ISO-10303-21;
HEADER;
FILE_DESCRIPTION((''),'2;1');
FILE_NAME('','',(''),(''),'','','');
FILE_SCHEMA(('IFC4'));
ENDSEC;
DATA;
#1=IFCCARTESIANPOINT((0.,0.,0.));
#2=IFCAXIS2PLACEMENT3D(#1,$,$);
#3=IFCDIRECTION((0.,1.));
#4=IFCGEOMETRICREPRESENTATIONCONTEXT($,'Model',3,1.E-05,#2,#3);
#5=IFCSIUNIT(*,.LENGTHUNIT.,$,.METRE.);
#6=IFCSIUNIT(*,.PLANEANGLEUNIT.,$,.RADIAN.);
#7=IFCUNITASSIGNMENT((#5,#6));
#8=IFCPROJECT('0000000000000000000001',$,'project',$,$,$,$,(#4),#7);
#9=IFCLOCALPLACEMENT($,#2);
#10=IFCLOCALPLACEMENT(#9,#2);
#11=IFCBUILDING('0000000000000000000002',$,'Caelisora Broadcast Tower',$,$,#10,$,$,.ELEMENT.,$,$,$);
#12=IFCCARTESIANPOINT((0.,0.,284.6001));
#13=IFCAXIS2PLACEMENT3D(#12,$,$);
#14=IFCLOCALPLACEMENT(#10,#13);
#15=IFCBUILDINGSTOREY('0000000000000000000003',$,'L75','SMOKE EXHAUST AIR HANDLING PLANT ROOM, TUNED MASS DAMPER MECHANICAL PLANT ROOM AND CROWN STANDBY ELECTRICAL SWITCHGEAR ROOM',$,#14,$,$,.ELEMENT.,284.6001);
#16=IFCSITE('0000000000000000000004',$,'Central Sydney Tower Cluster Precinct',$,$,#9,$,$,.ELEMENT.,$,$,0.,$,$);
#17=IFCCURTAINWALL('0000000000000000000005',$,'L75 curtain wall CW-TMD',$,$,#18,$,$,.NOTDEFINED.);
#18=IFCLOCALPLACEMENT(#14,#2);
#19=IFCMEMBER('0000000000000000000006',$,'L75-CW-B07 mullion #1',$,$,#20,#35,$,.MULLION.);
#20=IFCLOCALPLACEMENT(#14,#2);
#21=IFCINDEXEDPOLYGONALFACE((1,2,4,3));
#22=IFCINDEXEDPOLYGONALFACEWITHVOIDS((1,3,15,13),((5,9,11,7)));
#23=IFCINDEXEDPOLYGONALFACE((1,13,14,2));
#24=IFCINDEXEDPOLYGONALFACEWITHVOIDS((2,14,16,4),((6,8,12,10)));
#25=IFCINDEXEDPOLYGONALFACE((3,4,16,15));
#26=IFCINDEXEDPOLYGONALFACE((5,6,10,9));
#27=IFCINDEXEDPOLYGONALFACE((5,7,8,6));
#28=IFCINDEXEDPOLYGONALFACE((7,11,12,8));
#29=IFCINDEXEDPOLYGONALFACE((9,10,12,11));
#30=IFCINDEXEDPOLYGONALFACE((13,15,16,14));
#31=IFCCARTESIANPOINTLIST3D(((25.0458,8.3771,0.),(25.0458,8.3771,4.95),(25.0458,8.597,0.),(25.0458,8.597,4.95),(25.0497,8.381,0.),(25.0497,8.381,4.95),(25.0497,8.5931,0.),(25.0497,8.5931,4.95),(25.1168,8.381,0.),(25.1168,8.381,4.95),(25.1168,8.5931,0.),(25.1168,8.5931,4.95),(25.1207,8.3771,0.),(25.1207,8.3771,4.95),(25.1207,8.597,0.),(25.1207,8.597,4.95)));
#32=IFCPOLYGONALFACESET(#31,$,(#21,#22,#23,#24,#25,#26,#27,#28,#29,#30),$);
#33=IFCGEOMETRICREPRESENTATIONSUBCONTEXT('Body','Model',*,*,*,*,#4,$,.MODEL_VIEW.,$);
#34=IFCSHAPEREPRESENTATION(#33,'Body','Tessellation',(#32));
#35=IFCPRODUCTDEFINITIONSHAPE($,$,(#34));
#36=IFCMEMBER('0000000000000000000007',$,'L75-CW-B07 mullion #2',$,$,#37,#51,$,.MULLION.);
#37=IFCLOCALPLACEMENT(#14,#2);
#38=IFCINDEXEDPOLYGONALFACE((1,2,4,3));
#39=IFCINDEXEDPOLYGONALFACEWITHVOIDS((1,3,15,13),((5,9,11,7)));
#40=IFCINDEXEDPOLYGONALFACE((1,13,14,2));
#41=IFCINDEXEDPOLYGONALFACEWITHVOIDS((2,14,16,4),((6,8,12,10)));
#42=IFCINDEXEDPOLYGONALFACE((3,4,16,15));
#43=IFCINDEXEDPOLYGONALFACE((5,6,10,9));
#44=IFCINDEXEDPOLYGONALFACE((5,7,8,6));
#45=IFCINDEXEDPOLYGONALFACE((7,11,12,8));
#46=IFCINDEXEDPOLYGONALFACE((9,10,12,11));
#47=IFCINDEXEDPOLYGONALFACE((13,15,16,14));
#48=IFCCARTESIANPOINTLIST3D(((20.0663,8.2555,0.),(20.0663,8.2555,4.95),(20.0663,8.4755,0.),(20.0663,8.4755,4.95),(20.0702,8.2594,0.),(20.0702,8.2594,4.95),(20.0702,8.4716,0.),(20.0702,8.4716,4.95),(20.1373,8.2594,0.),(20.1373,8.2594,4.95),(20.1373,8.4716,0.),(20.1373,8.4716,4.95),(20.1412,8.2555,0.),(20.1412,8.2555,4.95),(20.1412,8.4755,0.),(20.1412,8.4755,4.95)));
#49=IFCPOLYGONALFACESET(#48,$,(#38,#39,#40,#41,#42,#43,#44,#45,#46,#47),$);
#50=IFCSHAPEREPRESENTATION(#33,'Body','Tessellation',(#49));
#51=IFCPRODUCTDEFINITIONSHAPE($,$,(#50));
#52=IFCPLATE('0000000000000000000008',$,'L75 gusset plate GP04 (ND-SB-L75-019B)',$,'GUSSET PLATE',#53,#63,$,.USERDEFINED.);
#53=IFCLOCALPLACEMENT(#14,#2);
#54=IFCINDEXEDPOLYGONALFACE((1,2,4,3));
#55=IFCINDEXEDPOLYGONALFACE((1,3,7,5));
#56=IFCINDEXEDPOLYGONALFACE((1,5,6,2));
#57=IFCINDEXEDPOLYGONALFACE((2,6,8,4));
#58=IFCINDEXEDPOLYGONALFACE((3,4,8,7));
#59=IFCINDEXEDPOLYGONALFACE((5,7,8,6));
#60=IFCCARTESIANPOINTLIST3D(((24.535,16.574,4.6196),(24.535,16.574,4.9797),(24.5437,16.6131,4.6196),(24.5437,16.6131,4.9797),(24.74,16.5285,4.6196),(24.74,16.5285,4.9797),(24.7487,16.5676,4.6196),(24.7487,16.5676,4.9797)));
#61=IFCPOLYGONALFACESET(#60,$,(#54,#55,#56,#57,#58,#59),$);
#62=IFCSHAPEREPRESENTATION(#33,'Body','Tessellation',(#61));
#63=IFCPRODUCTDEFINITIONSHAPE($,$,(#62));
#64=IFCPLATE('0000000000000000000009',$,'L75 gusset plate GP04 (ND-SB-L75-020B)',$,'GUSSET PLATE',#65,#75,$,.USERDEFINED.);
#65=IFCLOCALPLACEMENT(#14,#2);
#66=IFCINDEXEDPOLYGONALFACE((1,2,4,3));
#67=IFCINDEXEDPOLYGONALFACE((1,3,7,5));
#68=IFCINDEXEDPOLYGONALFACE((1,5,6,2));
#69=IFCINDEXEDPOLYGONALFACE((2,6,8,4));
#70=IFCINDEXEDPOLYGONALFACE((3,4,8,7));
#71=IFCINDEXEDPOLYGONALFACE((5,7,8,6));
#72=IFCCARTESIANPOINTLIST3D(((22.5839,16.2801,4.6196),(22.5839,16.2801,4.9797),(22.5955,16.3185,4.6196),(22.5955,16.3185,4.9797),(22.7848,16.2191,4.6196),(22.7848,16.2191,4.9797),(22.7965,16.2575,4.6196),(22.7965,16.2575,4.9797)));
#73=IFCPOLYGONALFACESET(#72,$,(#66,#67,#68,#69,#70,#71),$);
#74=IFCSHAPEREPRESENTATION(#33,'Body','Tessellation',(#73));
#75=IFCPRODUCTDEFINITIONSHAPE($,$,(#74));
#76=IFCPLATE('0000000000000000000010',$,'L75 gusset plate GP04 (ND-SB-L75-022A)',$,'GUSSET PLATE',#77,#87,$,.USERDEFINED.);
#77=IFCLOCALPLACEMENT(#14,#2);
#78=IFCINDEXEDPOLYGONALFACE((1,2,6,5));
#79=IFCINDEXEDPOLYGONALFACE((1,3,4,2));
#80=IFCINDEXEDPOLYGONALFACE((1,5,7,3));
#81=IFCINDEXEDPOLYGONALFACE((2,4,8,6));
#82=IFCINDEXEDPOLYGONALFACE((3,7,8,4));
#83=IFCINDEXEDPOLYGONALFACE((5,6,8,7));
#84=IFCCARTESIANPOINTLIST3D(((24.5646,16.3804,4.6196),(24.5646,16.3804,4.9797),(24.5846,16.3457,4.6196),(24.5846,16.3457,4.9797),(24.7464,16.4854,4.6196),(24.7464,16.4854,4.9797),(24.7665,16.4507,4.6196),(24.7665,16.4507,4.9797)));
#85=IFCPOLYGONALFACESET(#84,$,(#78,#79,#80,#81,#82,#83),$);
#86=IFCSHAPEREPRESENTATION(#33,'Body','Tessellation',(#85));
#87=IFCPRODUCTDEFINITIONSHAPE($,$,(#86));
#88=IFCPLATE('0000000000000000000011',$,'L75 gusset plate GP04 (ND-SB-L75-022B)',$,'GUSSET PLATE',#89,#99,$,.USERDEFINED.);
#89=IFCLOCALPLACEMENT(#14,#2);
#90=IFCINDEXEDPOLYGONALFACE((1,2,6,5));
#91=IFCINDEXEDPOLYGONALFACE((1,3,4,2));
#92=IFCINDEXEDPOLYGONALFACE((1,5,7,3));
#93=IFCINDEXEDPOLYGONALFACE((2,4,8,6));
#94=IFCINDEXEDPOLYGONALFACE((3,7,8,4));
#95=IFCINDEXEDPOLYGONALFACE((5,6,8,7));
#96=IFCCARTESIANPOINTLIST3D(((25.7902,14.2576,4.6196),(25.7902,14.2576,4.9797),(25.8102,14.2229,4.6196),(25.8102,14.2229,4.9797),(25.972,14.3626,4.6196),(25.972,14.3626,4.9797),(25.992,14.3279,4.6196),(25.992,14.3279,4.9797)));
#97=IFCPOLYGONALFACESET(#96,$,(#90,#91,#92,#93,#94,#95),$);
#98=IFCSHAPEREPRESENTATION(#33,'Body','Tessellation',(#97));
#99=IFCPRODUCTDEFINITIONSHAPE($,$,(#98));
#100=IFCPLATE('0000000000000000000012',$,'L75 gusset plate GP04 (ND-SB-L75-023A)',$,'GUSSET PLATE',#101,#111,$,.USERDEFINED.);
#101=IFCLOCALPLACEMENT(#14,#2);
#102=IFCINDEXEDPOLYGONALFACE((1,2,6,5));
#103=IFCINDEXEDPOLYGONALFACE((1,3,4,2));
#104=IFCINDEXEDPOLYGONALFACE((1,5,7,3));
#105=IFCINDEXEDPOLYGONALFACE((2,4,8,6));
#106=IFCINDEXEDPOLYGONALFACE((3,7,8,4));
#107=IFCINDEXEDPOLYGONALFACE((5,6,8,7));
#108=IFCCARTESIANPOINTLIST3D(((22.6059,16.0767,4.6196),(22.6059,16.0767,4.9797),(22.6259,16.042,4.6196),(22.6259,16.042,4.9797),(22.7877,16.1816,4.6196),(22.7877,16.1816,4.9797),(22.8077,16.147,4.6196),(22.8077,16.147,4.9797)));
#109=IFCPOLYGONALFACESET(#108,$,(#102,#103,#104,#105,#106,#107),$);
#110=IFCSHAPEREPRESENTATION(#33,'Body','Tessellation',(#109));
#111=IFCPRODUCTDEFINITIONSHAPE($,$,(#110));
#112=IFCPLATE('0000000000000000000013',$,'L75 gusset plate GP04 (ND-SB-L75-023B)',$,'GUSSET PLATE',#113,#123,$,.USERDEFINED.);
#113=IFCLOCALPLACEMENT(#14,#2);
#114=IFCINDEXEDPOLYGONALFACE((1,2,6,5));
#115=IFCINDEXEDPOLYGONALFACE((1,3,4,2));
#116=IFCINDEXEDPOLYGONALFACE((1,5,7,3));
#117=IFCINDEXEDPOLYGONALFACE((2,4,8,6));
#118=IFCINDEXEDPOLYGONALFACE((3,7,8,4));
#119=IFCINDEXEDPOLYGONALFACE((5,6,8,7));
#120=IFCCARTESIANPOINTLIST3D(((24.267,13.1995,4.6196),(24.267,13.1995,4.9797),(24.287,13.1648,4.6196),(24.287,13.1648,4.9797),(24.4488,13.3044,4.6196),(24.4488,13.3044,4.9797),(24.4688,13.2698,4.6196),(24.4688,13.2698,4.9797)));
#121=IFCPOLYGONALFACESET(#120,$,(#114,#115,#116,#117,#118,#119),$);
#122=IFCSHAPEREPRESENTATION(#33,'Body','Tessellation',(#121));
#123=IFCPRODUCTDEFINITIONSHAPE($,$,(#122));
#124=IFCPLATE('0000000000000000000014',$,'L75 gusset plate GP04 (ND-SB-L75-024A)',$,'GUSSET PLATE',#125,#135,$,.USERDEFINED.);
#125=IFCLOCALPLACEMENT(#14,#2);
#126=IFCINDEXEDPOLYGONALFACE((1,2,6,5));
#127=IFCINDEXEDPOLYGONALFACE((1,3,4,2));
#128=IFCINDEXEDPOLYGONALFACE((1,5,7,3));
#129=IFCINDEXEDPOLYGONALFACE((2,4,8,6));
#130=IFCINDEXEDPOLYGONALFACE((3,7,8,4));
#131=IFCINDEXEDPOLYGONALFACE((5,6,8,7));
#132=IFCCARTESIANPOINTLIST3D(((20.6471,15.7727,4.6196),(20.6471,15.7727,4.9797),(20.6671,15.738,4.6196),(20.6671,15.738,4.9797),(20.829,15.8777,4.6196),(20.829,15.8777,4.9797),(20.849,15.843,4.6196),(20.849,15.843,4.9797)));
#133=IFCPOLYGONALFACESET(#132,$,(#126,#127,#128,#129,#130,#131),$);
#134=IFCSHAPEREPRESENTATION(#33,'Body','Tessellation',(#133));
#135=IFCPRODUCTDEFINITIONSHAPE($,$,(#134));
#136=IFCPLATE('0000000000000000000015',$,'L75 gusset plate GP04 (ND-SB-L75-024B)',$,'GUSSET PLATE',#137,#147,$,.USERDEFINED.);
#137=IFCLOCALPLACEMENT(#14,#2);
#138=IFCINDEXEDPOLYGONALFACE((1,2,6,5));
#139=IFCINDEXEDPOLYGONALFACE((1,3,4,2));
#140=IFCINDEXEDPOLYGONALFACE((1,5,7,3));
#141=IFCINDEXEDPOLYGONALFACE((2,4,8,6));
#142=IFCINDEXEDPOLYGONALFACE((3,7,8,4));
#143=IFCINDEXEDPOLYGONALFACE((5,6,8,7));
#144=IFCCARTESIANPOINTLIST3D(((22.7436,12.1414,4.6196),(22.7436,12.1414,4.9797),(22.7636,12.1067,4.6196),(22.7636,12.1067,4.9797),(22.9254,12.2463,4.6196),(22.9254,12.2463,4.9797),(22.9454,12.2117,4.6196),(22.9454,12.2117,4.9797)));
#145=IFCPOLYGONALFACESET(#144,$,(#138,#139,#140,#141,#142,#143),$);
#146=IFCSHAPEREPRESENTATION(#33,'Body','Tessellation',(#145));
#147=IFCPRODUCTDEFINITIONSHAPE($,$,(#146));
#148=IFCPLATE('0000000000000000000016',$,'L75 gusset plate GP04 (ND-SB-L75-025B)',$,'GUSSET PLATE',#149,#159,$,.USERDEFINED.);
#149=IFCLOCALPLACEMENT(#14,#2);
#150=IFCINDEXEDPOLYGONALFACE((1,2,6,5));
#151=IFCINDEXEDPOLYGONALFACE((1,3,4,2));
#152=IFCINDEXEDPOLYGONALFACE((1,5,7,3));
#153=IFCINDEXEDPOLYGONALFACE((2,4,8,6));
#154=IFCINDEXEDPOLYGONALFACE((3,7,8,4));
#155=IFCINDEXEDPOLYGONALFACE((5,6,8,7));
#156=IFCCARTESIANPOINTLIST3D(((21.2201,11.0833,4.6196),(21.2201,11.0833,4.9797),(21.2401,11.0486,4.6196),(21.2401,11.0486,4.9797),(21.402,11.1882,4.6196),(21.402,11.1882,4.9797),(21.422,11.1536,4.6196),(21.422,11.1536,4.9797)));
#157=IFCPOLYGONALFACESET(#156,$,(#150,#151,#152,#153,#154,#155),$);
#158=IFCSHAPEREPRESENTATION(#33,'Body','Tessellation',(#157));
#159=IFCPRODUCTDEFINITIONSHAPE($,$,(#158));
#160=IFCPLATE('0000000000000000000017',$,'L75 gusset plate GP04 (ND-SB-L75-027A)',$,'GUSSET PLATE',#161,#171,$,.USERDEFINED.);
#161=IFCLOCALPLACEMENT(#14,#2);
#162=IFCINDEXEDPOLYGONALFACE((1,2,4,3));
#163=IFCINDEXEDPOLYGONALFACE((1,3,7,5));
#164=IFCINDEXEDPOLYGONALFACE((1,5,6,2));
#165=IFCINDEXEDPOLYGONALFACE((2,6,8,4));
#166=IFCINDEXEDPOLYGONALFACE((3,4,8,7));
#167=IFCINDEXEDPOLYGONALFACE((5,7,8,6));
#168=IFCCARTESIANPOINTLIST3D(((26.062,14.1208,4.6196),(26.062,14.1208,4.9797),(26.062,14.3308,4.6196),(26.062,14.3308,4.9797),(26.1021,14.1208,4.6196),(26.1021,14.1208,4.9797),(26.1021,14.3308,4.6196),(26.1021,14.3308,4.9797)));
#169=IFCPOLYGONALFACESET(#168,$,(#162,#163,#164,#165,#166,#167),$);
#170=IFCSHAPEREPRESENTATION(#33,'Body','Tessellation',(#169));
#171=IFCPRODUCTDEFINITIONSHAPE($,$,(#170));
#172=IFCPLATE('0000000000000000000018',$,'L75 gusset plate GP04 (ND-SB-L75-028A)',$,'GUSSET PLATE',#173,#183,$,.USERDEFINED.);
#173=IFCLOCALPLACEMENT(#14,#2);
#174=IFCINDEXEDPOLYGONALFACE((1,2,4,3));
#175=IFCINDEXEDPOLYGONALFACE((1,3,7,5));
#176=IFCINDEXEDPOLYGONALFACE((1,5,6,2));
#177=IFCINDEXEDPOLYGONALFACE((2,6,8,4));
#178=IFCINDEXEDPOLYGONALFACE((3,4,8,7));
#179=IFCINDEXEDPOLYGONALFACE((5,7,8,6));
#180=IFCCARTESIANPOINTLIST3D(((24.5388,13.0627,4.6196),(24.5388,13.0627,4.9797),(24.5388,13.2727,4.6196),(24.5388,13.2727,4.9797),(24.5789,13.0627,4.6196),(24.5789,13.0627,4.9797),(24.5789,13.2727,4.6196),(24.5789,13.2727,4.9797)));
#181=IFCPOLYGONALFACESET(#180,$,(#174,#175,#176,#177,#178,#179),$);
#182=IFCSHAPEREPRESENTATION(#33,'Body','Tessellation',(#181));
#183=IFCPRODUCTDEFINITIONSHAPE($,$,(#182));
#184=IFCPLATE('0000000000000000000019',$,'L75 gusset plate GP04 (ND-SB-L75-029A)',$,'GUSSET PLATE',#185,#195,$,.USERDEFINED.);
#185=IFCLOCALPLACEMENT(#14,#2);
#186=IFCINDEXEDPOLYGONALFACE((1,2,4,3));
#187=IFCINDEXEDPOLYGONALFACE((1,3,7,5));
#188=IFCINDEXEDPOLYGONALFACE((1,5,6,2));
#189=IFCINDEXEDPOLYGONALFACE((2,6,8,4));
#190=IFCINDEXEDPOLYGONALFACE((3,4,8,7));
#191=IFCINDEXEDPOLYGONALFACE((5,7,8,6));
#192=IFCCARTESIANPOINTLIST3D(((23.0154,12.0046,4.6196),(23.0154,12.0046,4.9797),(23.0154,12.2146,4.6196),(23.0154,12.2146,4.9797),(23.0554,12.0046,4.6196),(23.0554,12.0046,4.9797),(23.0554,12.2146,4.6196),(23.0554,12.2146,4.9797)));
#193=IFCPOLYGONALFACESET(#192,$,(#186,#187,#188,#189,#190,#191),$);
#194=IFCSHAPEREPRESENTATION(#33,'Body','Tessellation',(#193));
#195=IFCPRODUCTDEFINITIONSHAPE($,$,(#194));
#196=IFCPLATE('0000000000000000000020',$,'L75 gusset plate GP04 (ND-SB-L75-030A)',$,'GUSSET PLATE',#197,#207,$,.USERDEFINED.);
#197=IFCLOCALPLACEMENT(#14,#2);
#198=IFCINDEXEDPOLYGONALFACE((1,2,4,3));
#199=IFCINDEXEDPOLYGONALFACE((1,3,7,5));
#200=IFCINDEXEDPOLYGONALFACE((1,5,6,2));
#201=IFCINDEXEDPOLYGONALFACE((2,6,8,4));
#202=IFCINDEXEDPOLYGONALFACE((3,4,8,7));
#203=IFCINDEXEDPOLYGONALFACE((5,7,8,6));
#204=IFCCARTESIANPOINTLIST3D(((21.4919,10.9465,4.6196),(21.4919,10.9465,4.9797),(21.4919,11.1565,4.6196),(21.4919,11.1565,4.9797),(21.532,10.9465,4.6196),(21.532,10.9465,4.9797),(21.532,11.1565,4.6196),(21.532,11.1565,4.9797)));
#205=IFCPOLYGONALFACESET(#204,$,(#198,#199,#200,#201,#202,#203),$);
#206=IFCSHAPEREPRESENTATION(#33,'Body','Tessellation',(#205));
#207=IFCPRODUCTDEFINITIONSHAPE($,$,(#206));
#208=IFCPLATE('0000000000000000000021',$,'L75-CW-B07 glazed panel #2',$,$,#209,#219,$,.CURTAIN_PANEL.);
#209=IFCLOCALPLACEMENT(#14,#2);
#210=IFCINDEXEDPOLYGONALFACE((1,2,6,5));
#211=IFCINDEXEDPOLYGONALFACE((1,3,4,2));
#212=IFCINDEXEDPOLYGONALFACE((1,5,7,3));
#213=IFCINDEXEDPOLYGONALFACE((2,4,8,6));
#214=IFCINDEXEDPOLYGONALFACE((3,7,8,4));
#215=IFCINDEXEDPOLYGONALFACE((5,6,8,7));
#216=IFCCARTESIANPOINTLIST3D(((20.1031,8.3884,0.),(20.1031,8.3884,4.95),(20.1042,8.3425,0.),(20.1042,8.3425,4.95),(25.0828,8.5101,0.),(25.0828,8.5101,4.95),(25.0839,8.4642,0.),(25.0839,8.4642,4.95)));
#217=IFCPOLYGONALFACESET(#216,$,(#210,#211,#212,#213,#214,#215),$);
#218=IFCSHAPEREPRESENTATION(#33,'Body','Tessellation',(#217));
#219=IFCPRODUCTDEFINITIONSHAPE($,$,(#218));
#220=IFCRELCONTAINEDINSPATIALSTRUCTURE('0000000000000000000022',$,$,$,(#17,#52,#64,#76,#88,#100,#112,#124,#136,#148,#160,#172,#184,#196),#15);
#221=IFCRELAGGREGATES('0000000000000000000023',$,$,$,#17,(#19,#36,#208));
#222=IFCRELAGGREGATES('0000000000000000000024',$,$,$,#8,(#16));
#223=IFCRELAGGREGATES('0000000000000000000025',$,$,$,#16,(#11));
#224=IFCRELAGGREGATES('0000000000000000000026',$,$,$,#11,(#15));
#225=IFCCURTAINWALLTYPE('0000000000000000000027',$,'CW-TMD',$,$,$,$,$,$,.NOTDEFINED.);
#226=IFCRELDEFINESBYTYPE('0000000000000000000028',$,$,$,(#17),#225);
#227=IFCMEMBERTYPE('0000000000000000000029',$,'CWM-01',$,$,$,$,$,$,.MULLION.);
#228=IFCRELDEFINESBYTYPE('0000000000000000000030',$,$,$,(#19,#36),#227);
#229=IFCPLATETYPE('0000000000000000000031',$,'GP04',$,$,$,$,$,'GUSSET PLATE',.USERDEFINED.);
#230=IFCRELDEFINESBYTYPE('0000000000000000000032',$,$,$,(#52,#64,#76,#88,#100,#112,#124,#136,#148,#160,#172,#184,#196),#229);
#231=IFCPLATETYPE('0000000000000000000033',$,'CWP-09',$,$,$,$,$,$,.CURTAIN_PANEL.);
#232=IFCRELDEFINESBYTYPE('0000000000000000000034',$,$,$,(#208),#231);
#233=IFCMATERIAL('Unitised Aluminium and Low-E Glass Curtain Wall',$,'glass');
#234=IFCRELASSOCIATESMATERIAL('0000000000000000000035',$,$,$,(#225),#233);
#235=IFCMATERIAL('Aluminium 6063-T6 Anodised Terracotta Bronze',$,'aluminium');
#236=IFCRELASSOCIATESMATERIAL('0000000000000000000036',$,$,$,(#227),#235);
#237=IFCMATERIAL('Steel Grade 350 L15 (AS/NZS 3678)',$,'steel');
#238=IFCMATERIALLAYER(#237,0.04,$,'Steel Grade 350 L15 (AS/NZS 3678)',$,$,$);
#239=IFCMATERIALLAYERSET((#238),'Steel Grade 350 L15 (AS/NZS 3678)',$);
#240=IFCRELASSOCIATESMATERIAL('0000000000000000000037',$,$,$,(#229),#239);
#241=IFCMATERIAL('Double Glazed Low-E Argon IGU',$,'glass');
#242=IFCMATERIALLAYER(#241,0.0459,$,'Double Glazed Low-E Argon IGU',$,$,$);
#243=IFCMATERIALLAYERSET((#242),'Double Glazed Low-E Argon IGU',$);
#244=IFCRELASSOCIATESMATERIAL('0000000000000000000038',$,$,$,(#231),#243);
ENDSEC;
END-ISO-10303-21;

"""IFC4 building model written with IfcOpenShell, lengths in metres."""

from ifc_helpers import new_model, si_unit, direction, frame, origin, origin_2d, place, context, subcontext, project, spatial, rectangle, hollow_rectangle, extrude, source, transform, mapped, material, layer, layer_set, material_profile, profile_set, type_object, type_shapes, element, aggregate, save


model = new_model("IFC4")

# Units and contexts
model_context = context("Model", 3, precision=1e-05, world=origin(), true_north=direction((0.0, 1.0)))
body_context = subcontext(model_context, "Body", "Model", "MODEL_VIEW")
ifc_project = project(units=[si_unit("LENGTHUNIT", "METRE"), si_unit("PLANEANGLEUNIT", "RADIAN")], contexts=[model_context])

# Site, building, storey
site_placement = place(None, origin())
site = spatial("IfcSite", under=ifc_project, at=site_placement, Name="Central Sydney Tower Cluster Precinct", CompositionType="ELEMENT", RefElevation=0.0)
building_placement = place(site_placement, origin())
building = spatial("IfcBuilding", under=site, at=building_placement, Name="Caelisora Broadcast Tower", CompositionType="ELEMENT")
storey_placement = place(building_placement, frame((0.0, 0.0, 284.6001)))
storey = spatial("IfcBuildingStorey", under=building, at=storey_placement, Name="L75", Description="SMOKE EXHAUST AIR HANDLING PLANT ROOM, TUNED MASS DAMPER MECHANICAL PLANT ROOM AND CROWN STANDBY ELECTRICAL SWITCHGEAR ROOM", CompositionType="ELEMENT", Elevation=284.6001)

# Shared definitions
ifc_material_1 = material(Name="Steel Grade 350 L15 (AS/NZS 3678)", Category="steel")

# Curtain wall, members
ifc_material_2 = material(Name="Unitised Aluminium and Low-E Glass Curtain Wall", Category="glass")
curtain_wall_type = type_object("IfcCurtainWallType", Name="CW-TMD", PredefinedType="NOTDEFINED", material=ifc_material_2)
curtain_wall_placement = place(storey_placement, origin())
curtain_wall = element("IfcCurtainWall", 1, at=curtain_wall_placement, inside=storey, type_object=curtain_wall_type, Name="L75 curtain wall CW-TMD", PredefinedType="NOTDEFINED")
ifc_material_3 = material(Name="Aluminium 6063-T6 Anodised Terracotta Bronze", Category="aluminium")
ifc_material_profile_1 = material_profile(ifc_material_3, hollow_rectangle(XDim=0.075, YDim=0.22, WallThickness=0.0039, at=origin_2d()), Name="Aluminium 6063-T6 Anodised Terracotta Bronze")
ifc_profile_set_1 = profile_set([ifc_material_profile_1], Name="Aluminium 6063-T6 Anodised Terracotta Bronze")
member_type = type_object("IfcMemberType", Name="CWM-01", PredefinedType="MULLION", material=ifc_profile_set_1)
shared_shape_1 = source(origin(), body_context, "Body", "SweptSolid", [
    extrude(hollow_rectangle(XDim=0.075, YDim=0.22, WallThickness=0.0039, at=origin_2d()), origin(), (0.0, 0.0, 1.0), 4.95),
])
type_shapes(member_type, [shared_shape_1])
member_1_placement = place(storey_placement, frame((25.0833, 8.4871, 0.0), z_axis=(0.0, 0.0, 1.0), x_axis=(1.0, 0.0, 0.0)))
member_1 = element("IfcMember", 2, at=member_1_placement, type_object=member_type, Name="L75-CW-B07 mullion #1", PredefinedType="MULLION", context=body_context, shape_type="MappedRepresentation", body=[
    mapped(shared_shape_1, transform((0.0, 0.0, 0.0), scale=1.0)),
])
member_2_placement = place(storey_placement, frame((20.1038, 8.3655, 0.0), z_axis=(0.0, 0.0, 1.0), x_axis=(1.0, 0.0, 0.0)))
member_2 = element("IfcMember", 3, at=member_2_placement, type_object=member_type, Name="L75-CW-B07 mullion #2", PredefinedType="MULLION", context=body_context, shape_type="MappedRepresentation", body=[
    mapped(shared_shape_1, transform((0.0, 0.0, 0.0), scale=1.0)),
])

# Plates
ifc_layer_1 = layer(ifc_material_1, 0.04, Name="Steel Grade 350 L15 (AS/NZS 3678)")
ifc_layer_set_1 = layer_set([ifc_layer_1], Name="Steel Grade 350 L15 (AS/NZS 3678)")
plate_type_1 = type_object("IfcPlateType", Name="GP04", ElementType="GUSSET PLATE", PredefinedType="USERDEFINED", material=ifc_layer_set_1)
shared_shape_2 = source(origin(), body_context, "Body", "SweptSolid", [
    extrude(rectangle(XDim=0.21, YDim=0.04, at=origin_2d()), origin(), (0.0, 0.0, 1.0), 0.3601),
])
type_shapes(plate_type_1, [shared_shape_2])
for number, where, z_axis, x_axis, name in (
    (4, (24.6418, 16.5708, 4.6196), (0.0, 0.0, 1.0), (0.976258, -0.21661, 0.0), "L75 gusset plate GP04 (ND-SB-L75-019B)"),
    (5, (22.6902, 16.2688, 4.6196), (0.0, 0.0, 1.0), (0.956864, -0.290535, 0.0), "L75 gusset plate GP04 (ND-SB-L75-020B)"),
    (6, (24.6655, 16.4155, 4.6196), (0.0, 0.0, 1.0), (0.866025, 0.5, 0.0), "L75 gusset plate GP04 (ND-SB-L75-022A)"),
    (7, (25.8911, 14.2927, 4.6196), (0.0, 0.0, 1.0), (0.866025, 0.5, 0.0), "L75 gusset plate GP04 (ND-SB-L75-022B)"),
    (8, (22.7068, 16.1118, 4.6196), (0.0, 0.0, 1.0), (0.866025, 0.5, 0.0), "L75 gusset plate GP04 (ND-SB-L75-023A)"),
    (9, (24.3679, 13.2346, 4.6196), (0.0, 0.0, 1.0), (0.866025, 0.5, 0.0), "L75 gusset plate GP04 (ND-SB-L75-023B)"),
    (10, (20.748, 15.8079, 4.6196), (0.0, 0.0, 1.0), (0.866025, 0.5, 0.0), "L75 gusset plate GP04 (ND-SB-L75-024A)"),
    (11, (22.8445, 12.1765, 4.6196), (0.0, 0.0, 1.0), (0.866025, 0.5, 0.0), "L75 gusset plate GP04 (ND-SB-L75-024B)"),
    (12, (21.321, 11.1184, 4.6196), (0.0, 0.0, 1.0), (0.866025, 0.5, 0.0), "L75 gusset plate GP04 (ND-SB-L75-025B)"),
    (13, (26.082, 14.2258, 4.6196), (0.0, 0.0, 1.0), (0.0, 1.0, 0.0), "L75 gusset plate GP04 (ND-SB-L75-027A)"),
    (14, (24.5588, 13.1677, 4.6196), (0.0, 0.0, 1.0), (0.0, 1.0, 0.0), "L75 gusset plate GP04 (ND-SB-L75-028A)"),
    (15, (23.0354, 12.1096, 4.6196), (0.0, 0.0, 1.0), (0.0, 1.0, 0.0), "L75 gusset plate GP04 (ND-SB-L75-029A)"),
    (16, (21.512, 11.0515, 4.6196), (0.0, 0.0, 1.0), (0.0, 1.0, 0.0), "L75 gusset plate GP04 (ND-SB-L75-030A)"),
):
    element("IfcPlate", number, at=place(storey_placement, frame(where, z_axis=z_axis, x_axis=x_axis)), inside=storey, type_object=plate_type_1, Name=name, ObjectType="GUSSET PLATE", PredefinedType="USERDEFINED", context=body_context, shape_type="MappedRepresentation", body=[
        mapped(shared_shape_2, transform((0.0, 0.0, 0.0), scale=1.0)),
    ])

# Plate
ifc_material_4 = material(Name="Double Glazed Low-E Argon IGU", Category="glass")
ifc_layer_2 = layer(ifc_material_4, 0.0459, Name="Double Glazed Low-E Argon IGU")
ifc_layer_set_2 = layer_set([ifc_layer_2], Name="Double Glazed Low-E Argon IGU")
plate_type_2 = type_object("IfcPlateType", Name="CWP-09", PredefinedType="CURTAIN_PANEL", material=ifc_layer_set_2)
shared_shape_3 = source(origin(), body_context, "Body", "SweptSolid", [
    extrude(rectangle(XDim=4.9812, YDim=0.0459, at=origin_2d()), origin(), (0.0, 0.0, 1.0), 4.95),
])
type_shapes(plate_type_2, [shared_shape_3])
plate_placement = place(storey_placement, frame((22.5935, 8.4263, 0.0), z_axis=(0.0, 0.0, 1.0), x_axis=(-0.999701, -0.024432, 0.0)))
plate = element("IfcPlate", 17, at=plate_placement, type_object=plate_type_2, Name="L75-CW-B07 glazed panel #2", PredefinedType="CURTAIN_PANEL", context=body_context, shape_type="MappedRepresentation", body=[
    mapped(shared_shape_3, transform((0.0, 0.0, 0.0), scale=1.0)),
])
aggregate(curtain_wall, [member_1, member_2, plate])

save(model, "model.ifc")
